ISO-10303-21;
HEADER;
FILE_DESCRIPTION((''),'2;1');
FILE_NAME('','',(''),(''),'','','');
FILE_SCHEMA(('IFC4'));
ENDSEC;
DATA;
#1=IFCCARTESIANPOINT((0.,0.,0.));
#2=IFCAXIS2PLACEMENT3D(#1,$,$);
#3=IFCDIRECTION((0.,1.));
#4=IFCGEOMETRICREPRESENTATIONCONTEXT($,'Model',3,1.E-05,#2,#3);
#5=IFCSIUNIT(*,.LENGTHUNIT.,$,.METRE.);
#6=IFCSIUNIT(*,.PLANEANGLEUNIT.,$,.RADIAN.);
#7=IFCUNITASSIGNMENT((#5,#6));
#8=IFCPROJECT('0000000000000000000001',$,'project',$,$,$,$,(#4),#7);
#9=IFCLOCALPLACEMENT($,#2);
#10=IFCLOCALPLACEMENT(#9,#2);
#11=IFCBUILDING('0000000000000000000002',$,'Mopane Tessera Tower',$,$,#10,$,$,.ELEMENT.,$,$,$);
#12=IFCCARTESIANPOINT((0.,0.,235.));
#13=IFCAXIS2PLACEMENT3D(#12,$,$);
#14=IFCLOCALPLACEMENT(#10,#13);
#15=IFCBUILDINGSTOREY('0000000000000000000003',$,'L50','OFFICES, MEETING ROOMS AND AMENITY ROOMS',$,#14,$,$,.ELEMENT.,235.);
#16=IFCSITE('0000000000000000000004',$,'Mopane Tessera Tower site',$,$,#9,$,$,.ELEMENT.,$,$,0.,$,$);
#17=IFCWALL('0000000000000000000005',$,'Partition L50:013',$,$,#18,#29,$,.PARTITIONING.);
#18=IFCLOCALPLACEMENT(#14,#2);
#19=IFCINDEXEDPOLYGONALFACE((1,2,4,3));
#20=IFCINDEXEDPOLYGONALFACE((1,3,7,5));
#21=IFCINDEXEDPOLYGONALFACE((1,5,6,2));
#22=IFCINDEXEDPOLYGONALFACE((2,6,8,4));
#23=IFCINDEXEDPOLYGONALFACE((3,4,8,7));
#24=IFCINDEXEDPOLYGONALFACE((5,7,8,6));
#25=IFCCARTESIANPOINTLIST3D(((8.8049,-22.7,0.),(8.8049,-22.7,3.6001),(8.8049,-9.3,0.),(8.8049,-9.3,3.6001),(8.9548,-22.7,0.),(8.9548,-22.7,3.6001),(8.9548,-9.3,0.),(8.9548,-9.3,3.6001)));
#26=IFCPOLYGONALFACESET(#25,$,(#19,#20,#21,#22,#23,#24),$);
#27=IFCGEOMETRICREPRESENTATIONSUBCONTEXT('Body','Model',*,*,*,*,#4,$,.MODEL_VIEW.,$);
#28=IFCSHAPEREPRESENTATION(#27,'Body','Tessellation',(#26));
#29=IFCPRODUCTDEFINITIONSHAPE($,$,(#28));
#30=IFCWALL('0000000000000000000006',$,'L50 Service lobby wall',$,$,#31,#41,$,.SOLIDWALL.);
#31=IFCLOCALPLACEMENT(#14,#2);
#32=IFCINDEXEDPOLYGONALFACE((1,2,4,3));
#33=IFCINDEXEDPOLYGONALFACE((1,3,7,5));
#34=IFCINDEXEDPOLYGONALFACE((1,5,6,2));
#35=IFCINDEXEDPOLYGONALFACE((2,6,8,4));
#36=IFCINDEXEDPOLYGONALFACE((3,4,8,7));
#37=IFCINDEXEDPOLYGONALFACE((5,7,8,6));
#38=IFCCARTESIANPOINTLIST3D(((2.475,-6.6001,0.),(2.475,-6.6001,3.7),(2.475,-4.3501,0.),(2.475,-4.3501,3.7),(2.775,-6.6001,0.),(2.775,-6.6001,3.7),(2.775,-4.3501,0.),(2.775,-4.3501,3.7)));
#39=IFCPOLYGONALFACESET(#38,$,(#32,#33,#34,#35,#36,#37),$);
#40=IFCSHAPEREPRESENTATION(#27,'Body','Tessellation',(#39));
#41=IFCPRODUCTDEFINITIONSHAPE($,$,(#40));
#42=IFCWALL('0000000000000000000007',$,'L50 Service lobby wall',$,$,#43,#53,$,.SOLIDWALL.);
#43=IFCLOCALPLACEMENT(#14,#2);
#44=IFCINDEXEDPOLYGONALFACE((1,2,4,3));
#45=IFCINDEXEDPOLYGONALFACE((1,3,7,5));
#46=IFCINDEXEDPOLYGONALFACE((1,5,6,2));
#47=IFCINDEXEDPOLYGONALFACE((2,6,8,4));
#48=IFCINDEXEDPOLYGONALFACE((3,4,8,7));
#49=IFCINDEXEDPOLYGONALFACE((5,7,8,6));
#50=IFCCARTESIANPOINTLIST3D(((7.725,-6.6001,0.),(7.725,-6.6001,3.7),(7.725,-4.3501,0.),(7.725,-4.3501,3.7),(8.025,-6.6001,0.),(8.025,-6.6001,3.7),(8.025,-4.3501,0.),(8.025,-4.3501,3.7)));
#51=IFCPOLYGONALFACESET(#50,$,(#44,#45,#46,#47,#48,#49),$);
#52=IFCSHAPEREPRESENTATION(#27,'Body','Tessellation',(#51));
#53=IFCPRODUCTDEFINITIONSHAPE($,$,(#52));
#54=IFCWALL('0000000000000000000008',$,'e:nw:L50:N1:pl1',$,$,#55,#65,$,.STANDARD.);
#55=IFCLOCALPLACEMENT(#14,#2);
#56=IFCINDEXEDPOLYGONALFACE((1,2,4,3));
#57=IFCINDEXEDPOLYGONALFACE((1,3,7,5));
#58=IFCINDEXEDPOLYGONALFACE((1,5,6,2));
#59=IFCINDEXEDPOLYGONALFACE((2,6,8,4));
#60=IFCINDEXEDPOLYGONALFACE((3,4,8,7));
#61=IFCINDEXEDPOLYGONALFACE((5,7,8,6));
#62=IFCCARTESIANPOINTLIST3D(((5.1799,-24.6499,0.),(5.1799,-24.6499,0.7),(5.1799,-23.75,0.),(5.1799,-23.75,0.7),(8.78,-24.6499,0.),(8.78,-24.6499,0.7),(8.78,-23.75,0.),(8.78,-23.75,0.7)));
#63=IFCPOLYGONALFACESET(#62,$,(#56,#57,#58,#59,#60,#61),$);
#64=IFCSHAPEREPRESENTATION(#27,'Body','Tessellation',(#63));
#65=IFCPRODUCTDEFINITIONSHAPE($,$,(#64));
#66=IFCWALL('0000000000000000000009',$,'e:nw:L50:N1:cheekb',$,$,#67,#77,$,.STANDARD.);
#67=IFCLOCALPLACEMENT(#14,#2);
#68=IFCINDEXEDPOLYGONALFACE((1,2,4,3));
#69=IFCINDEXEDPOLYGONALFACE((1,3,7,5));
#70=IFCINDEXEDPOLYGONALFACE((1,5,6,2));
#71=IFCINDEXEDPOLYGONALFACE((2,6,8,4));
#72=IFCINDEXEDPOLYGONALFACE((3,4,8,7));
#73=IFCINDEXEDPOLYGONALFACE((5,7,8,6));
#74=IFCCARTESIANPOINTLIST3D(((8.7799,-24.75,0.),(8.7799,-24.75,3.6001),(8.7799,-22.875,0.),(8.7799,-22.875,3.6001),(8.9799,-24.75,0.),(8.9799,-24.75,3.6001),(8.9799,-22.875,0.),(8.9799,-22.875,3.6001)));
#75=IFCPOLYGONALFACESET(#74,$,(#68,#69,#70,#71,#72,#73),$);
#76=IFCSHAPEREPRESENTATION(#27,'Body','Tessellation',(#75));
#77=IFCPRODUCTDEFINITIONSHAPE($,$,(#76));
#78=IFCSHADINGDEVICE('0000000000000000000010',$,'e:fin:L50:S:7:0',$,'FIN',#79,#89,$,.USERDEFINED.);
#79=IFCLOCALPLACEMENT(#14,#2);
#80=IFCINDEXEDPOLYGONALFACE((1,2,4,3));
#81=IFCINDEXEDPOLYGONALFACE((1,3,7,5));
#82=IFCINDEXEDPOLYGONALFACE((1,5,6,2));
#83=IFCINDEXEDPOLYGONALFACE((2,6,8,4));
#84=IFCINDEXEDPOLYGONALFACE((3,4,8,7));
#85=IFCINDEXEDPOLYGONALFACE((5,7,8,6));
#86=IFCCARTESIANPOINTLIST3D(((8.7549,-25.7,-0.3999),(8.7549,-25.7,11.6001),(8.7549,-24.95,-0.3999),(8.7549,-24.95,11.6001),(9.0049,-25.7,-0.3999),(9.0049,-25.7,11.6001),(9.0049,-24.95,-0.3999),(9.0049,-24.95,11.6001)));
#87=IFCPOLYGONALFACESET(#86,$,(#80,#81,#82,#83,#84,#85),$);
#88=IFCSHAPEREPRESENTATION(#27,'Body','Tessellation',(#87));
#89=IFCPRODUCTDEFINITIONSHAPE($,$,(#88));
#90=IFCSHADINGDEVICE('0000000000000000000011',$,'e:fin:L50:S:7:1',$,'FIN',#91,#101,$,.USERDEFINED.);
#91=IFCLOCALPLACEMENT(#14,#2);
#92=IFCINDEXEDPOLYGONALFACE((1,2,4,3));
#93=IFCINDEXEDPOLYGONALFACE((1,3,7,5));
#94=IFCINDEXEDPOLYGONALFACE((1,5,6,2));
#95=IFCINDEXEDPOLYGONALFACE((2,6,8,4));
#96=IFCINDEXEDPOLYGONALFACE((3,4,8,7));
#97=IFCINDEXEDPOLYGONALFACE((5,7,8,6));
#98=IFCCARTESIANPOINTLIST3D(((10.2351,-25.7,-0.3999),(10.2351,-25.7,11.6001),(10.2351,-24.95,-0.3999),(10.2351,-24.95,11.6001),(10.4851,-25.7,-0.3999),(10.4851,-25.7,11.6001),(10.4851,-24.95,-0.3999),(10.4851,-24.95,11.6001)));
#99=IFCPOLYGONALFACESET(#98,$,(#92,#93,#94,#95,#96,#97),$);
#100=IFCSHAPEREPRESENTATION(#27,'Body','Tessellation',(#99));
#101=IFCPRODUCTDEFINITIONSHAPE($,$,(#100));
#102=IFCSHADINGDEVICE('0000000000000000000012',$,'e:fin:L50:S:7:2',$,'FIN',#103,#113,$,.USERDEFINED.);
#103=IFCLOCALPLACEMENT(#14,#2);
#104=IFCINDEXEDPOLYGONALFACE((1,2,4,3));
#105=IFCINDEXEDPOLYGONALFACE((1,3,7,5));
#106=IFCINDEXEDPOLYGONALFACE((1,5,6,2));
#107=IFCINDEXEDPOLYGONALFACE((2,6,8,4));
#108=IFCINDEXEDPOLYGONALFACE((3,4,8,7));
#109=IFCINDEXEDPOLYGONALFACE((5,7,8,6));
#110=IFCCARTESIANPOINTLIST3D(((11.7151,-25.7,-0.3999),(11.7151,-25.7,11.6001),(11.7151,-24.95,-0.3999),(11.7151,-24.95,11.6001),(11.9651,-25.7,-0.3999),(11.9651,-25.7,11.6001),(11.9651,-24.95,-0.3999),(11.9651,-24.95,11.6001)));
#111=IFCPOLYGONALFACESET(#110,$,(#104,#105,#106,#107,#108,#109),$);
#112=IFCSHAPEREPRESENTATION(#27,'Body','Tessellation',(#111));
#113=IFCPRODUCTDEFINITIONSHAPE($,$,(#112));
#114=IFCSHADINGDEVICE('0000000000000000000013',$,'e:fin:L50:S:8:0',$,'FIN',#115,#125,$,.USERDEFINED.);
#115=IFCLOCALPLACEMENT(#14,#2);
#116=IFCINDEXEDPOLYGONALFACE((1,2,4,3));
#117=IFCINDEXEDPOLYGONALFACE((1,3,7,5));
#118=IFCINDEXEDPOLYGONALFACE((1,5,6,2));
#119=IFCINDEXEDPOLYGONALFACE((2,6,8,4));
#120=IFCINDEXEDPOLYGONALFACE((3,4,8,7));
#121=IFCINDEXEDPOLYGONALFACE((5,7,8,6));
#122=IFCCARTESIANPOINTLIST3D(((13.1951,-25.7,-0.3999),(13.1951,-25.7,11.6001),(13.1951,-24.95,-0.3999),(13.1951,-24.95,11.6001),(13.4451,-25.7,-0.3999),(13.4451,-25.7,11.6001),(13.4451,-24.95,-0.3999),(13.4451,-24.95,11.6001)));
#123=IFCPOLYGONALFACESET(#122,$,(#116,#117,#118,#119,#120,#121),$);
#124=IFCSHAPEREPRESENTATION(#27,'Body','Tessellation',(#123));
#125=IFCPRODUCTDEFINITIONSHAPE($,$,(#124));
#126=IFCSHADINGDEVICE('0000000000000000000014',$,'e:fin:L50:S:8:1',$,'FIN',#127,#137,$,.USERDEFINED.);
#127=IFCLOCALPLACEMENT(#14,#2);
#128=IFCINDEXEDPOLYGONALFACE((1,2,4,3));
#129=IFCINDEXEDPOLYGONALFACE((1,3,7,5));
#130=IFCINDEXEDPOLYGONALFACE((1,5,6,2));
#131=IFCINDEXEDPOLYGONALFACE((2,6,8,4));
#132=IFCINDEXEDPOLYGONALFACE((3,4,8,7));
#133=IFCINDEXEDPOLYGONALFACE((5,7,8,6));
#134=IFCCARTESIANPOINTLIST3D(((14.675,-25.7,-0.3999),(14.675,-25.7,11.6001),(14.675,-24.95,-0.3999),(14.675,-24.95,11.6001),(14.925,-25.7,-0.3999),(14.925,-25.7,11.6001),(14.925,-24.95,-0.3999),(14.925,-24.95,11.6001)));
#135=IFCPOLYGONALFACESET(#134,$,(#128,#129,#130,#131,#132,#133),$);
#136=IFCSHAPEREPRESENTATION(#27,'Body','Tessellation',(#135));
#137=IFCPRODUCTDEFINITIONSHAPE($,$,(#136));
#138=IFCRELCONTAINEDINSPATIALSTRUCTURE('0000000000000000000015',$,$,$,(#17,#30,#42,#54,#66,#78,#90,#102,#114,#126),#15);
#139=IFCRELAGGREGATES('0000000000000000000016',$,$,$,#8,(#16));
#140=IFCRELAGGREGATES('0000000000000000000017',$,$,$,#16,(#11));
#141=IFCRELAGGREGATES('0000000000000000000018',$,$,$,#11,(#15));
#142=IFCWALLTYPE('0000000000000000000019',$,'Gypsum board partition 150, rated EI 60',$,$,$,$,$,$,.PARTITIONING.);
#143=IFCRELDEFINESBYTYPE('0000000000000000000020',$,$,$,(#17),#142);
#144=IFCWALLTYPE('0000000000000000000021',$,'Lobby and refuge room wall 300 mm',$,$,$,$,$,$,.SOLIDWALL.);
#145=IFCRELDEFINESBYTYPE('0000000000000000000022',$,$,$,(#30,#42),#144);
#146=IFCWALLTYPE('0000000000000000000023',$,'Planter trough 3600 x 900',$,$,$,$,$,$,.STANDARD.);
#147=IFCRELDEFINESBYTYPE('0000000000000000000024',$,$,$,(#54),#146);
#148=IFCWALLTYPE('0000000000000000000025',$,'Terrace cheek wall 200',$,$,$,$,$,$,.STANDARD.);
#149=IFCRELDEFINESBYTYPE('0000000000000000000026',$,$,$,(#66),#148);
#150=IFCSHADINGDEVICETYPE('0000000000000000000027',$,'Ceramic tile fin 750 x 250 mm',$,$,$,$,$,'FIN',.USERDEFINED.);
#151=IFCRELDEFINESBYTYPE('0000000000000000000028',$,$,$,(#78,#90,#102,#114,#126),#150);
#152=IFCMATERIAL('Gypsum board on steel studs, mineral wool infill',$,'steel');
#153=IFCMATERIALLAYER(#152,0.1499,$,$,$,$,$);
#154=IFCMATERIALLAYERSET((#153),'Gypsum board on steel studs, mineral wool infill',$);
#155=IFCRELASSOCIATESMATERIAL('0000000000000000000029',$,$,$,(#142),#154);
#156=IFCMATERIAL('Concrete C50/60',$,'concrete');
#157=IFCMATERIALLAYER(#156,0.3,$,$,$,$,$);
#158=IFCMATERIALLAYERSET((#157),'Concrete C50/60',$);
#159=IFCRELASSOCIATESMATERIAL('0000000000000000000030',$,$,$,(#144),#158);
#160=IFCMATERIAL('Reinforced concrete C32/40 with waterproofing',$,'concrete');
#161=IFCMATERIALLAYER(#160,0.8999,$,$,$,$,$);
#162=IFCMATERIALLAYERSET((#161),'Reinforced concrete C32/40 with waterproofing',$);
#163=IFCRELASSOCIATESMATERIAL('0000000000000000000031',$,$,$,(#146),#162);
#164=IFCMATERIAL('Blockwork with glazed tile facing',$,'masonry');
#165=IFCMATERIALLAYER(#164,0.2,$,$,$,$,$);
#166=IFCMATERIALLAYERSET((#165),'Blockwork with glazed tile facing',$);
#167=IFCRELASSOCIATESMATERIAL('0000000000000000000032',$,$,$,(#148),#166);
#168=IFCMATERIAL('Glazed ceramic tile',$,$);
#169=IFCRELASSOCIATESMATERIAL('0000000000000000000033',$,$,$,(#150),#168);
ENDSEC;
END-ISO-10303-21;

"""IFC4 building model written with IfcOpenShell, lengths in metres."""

from ifc_helpers import new_model, si_unit, direction, frame, frame_2d, origin, origin_2d, place, context, subcontext, project, spatial, rectangle, extrude, material, layer, layer_set, type_object, element, save


model = new_model("IFC4")

# Units and contexts
model_context = context("Model", 3, precision=1e-05, world=origin(), true_north=direction((0.0, 1.0)))
body_context = subcontext(model_context, "Body", "Model", "MODEL_VIEW")
ifc_project = project(units=[si_unit("LENGTHUNIT", "METRE"), si_unit("PLANEANGLEUNIT", "RADIAN")], contexts=[model_context])

# Site, building, storey
site_placement = place(None, origin())
site = spatial("IfcSite", under=ifc_project, at=site_placement, Name="Mopane Tessera Tower site", CompositionType="ELEMENT", RefElevation=0.0)
building_placement = place(site_placement, origin())
building = spatial("IfcBuilding", under=site, at=building_placement, Name="Mopane Tessera Tower", CompositionType="ELEMENT")
storey_placement = place(building_placement, frame((0.0, 0.0, 235.0)))
storey = spatial("IfcBuildingStorey", under=building, at=storey_placement, Name="L50", Description="OFFICES, MEETING ROOMS AND AMENITY ROOMS", CompositionType="ELEMENT", Elevation=235.0)

# Walls
ifc_material_1 = material(Name="Gypsum board on steel studs, mineral wool infill", Category="steel")
ifc_layer_1 = layer(ifc_material_1, 0.1499)
ifc_layer_set_1 = layer_set([ifc_layer_1], Name="Gypsum board on steel studs, mineral wool infill")
wall_type_1 = type_object("IfcWallType", Name="Gypsum board partition 150, rated EI 60", PredefinedType="PARTITIONING", material=ifc_layer_set_1)
wall_1_placement = place(storey_placement, frame((8.8799, -22.7, 0.0), z_axis=(0.0, 0.0, 1.0), x_axis=(0.0, 1.0, 0.0)))
element("IfcWall", 1, at=wall_1_placement, inside=storey, type_object=wall_type_1, Name="Partition L50:013", PredefinedType="PARTITIONING", context=body_context, shape_type="SweptSolid", body=[
    extrude(rectangle(XDim=13.3999, YDim=0.1499, at=frame_2d((6.7, 0.0))), origin(), (0.0, 0.0, 1.0), 3.6001),
])
ifc_material_2 = material(Name="Concrete C50/60", Category="concrete")
ifc_layer_2 = layer(ifc_material_2, 0.3)
ifc_layer_set_2 = layer_set([ifc_layer_2], Name="Concrete C50/60")
wall_type_2 = type_object("IfcWallType", Name="Lobby and refuge room wall 300 mm", PredefinedType="SOLIDWALL", material=ifc_layer_set_2)
for number, where, z_axis, x_axis, name in (
    (2, (2.625, -6.6001, 0.0), (0.0, 0.0, 1.0), (0.0, 1.0, 0.0), "L50 Service lobby wall"),
    (3, (7.875, -6.6001, 0.0), (0.0, 0.0, 1.0), (0.0, 1.0, 0.0), "L50 Service lobby wall"),
):
    element("IfcWall", number, at=place(storey_placement, frame(where, z_axis=z_axis, x_axis=x_axis)), inside=storey, type_object=wall_type_2, Name=name, PredefinedType="SOLIDWALL", context=body_context, shape_type="SweptSolid", body=[
        extrude(rectangle(XDim=2.25, YDim=0.3, at=frame_2d((1.125, 0.0))), origin(), (0.0, 0.0, 1.0), 3.7),
    ])
ifc_material_3 = material(Name="Reinforced concrete C32/40 with waterproofing", Category="concrete")
ifc_layer_3 = layer(ifc_material_3, 0.8999)
ifc_layer_set_3 = layer_set([ifc_layer_3], Name="Reinforced concrete C32/40 with waterproofing")
wall_type_3 = type_object("IfcWallType", Name="Planter trough 3600 x 900", PredefinedType="STANDARD", material=ifc_layer_set_3)
wall_2_placement = place(storey_placement, frame((5.1799, -24.2, 0.0), z_axis=(0.0, 0.0, 1.0), x_axis=(1.0, 0.0, 0.0)))
element("IfcWall", 4, at=wall_2_placement, inside=storey, type_object=wall_type_3, Name="e:nw:L50:N1:pl1", PredefinedType="STANDARD", context=body_context, shape_type="SweptSolid", body=[
    extrude(rectangle(XDim=3.6001, YDim=0.8999, at=frame_2d((1.8, 0.0))), origin(), (0.0, 0.0, 1.0), 0.7),
])
ifc_material_4 = material(Name="Blockwork with glazed tile facing", Category="masonry")
ifc_layer_4 = layer(ifc_material_4, 0.2)
ifc_layer_set_4 = layer_set([ifc_layer_4], Name="Blockwork with glazed tile facing")
wall_type_4 = type_object("IfcWallType", Name="Terrace cheek wall 200", PredefinedType="STANDARD", material=ifc_layer_set_4)
wall_3_placement = place(storey_placement, frame((8.8799, -24.75, 0.0), z_axis=(0.0, 0.0, 1.0), x_axis=(0.0, 1.0, 0.0)))
element("IfcWall", 5, at=wall_3_placement, inside=storey, type_object=wall_type_4, Name="e:nw:L50:N1:cheekb", PredefinedType="STANDARD", context=body_context, shape_type="SweptSolid", body=[
    extrude(rectangle(XDim=1.875, YDim=0.2, at=frame_2d((0.9375, 0.0))), origin(), (0.0, 0.0, 1.0), 3.6001),
])

# Shading devices
ifc_material_5 = material(Name="Glazed ceramic tile")
shading_device_type = type_object("IfcShadingDeviceType", Name="Ceramic tile fin 750 x 250 mm", ElementType="FIN", PredefinedType="USERDEFINED", material=ifc_material_5)
for number, where, z_axis, x_axis, name in (
    (6, (8.8799, -25.325, -0.3999), (0.0, 0.0, 1.0), (1.0, 0.0, 0.0), "e:fin:L50:S:7:0"),
    (7, (10.3601, -25.325, -0.3999), (0.0, 0.0, 1.0), (1.0, 0.0, 0.0), "e:fin:L50:S:7:1"),
    (8, (11.8401, -25.325, -0.3999), (0.0, 0.0, 1.0), (1.0, 0.0, 0.0), "e:fin:L50:S:7:2"),
    (9, (13.3201, -25.325, -0.3999), (0.0, 0.0, 1.0), (1.0, 0.0, 0.0), "e:fin:L50:S:8:0"),
    (10, (14.8, -25.325, -0.3999), (0.0, 0.0, 1.0), (1.0, 0.0, 0.0), "e:fin:L50:S:8:1"),
):
    element("IfcShadingDevice", number, at=place(storey_placement, frame(where, z_axis=z_axis, x_axis=x_axis)), inside=storey, type_object=shading_device_type, Name=name, ObjectType="FIN", PredefinedType="USERDEFINED", context=body_context, shape_type="SweptSolid", body=[
        extrude(rectangle(XDim=0.25, YDim=0.75, at=origin_2d()), origin(), (0.0, 0.0, 1.0), 12.0),
    ])

save(model, "model.ifc")
